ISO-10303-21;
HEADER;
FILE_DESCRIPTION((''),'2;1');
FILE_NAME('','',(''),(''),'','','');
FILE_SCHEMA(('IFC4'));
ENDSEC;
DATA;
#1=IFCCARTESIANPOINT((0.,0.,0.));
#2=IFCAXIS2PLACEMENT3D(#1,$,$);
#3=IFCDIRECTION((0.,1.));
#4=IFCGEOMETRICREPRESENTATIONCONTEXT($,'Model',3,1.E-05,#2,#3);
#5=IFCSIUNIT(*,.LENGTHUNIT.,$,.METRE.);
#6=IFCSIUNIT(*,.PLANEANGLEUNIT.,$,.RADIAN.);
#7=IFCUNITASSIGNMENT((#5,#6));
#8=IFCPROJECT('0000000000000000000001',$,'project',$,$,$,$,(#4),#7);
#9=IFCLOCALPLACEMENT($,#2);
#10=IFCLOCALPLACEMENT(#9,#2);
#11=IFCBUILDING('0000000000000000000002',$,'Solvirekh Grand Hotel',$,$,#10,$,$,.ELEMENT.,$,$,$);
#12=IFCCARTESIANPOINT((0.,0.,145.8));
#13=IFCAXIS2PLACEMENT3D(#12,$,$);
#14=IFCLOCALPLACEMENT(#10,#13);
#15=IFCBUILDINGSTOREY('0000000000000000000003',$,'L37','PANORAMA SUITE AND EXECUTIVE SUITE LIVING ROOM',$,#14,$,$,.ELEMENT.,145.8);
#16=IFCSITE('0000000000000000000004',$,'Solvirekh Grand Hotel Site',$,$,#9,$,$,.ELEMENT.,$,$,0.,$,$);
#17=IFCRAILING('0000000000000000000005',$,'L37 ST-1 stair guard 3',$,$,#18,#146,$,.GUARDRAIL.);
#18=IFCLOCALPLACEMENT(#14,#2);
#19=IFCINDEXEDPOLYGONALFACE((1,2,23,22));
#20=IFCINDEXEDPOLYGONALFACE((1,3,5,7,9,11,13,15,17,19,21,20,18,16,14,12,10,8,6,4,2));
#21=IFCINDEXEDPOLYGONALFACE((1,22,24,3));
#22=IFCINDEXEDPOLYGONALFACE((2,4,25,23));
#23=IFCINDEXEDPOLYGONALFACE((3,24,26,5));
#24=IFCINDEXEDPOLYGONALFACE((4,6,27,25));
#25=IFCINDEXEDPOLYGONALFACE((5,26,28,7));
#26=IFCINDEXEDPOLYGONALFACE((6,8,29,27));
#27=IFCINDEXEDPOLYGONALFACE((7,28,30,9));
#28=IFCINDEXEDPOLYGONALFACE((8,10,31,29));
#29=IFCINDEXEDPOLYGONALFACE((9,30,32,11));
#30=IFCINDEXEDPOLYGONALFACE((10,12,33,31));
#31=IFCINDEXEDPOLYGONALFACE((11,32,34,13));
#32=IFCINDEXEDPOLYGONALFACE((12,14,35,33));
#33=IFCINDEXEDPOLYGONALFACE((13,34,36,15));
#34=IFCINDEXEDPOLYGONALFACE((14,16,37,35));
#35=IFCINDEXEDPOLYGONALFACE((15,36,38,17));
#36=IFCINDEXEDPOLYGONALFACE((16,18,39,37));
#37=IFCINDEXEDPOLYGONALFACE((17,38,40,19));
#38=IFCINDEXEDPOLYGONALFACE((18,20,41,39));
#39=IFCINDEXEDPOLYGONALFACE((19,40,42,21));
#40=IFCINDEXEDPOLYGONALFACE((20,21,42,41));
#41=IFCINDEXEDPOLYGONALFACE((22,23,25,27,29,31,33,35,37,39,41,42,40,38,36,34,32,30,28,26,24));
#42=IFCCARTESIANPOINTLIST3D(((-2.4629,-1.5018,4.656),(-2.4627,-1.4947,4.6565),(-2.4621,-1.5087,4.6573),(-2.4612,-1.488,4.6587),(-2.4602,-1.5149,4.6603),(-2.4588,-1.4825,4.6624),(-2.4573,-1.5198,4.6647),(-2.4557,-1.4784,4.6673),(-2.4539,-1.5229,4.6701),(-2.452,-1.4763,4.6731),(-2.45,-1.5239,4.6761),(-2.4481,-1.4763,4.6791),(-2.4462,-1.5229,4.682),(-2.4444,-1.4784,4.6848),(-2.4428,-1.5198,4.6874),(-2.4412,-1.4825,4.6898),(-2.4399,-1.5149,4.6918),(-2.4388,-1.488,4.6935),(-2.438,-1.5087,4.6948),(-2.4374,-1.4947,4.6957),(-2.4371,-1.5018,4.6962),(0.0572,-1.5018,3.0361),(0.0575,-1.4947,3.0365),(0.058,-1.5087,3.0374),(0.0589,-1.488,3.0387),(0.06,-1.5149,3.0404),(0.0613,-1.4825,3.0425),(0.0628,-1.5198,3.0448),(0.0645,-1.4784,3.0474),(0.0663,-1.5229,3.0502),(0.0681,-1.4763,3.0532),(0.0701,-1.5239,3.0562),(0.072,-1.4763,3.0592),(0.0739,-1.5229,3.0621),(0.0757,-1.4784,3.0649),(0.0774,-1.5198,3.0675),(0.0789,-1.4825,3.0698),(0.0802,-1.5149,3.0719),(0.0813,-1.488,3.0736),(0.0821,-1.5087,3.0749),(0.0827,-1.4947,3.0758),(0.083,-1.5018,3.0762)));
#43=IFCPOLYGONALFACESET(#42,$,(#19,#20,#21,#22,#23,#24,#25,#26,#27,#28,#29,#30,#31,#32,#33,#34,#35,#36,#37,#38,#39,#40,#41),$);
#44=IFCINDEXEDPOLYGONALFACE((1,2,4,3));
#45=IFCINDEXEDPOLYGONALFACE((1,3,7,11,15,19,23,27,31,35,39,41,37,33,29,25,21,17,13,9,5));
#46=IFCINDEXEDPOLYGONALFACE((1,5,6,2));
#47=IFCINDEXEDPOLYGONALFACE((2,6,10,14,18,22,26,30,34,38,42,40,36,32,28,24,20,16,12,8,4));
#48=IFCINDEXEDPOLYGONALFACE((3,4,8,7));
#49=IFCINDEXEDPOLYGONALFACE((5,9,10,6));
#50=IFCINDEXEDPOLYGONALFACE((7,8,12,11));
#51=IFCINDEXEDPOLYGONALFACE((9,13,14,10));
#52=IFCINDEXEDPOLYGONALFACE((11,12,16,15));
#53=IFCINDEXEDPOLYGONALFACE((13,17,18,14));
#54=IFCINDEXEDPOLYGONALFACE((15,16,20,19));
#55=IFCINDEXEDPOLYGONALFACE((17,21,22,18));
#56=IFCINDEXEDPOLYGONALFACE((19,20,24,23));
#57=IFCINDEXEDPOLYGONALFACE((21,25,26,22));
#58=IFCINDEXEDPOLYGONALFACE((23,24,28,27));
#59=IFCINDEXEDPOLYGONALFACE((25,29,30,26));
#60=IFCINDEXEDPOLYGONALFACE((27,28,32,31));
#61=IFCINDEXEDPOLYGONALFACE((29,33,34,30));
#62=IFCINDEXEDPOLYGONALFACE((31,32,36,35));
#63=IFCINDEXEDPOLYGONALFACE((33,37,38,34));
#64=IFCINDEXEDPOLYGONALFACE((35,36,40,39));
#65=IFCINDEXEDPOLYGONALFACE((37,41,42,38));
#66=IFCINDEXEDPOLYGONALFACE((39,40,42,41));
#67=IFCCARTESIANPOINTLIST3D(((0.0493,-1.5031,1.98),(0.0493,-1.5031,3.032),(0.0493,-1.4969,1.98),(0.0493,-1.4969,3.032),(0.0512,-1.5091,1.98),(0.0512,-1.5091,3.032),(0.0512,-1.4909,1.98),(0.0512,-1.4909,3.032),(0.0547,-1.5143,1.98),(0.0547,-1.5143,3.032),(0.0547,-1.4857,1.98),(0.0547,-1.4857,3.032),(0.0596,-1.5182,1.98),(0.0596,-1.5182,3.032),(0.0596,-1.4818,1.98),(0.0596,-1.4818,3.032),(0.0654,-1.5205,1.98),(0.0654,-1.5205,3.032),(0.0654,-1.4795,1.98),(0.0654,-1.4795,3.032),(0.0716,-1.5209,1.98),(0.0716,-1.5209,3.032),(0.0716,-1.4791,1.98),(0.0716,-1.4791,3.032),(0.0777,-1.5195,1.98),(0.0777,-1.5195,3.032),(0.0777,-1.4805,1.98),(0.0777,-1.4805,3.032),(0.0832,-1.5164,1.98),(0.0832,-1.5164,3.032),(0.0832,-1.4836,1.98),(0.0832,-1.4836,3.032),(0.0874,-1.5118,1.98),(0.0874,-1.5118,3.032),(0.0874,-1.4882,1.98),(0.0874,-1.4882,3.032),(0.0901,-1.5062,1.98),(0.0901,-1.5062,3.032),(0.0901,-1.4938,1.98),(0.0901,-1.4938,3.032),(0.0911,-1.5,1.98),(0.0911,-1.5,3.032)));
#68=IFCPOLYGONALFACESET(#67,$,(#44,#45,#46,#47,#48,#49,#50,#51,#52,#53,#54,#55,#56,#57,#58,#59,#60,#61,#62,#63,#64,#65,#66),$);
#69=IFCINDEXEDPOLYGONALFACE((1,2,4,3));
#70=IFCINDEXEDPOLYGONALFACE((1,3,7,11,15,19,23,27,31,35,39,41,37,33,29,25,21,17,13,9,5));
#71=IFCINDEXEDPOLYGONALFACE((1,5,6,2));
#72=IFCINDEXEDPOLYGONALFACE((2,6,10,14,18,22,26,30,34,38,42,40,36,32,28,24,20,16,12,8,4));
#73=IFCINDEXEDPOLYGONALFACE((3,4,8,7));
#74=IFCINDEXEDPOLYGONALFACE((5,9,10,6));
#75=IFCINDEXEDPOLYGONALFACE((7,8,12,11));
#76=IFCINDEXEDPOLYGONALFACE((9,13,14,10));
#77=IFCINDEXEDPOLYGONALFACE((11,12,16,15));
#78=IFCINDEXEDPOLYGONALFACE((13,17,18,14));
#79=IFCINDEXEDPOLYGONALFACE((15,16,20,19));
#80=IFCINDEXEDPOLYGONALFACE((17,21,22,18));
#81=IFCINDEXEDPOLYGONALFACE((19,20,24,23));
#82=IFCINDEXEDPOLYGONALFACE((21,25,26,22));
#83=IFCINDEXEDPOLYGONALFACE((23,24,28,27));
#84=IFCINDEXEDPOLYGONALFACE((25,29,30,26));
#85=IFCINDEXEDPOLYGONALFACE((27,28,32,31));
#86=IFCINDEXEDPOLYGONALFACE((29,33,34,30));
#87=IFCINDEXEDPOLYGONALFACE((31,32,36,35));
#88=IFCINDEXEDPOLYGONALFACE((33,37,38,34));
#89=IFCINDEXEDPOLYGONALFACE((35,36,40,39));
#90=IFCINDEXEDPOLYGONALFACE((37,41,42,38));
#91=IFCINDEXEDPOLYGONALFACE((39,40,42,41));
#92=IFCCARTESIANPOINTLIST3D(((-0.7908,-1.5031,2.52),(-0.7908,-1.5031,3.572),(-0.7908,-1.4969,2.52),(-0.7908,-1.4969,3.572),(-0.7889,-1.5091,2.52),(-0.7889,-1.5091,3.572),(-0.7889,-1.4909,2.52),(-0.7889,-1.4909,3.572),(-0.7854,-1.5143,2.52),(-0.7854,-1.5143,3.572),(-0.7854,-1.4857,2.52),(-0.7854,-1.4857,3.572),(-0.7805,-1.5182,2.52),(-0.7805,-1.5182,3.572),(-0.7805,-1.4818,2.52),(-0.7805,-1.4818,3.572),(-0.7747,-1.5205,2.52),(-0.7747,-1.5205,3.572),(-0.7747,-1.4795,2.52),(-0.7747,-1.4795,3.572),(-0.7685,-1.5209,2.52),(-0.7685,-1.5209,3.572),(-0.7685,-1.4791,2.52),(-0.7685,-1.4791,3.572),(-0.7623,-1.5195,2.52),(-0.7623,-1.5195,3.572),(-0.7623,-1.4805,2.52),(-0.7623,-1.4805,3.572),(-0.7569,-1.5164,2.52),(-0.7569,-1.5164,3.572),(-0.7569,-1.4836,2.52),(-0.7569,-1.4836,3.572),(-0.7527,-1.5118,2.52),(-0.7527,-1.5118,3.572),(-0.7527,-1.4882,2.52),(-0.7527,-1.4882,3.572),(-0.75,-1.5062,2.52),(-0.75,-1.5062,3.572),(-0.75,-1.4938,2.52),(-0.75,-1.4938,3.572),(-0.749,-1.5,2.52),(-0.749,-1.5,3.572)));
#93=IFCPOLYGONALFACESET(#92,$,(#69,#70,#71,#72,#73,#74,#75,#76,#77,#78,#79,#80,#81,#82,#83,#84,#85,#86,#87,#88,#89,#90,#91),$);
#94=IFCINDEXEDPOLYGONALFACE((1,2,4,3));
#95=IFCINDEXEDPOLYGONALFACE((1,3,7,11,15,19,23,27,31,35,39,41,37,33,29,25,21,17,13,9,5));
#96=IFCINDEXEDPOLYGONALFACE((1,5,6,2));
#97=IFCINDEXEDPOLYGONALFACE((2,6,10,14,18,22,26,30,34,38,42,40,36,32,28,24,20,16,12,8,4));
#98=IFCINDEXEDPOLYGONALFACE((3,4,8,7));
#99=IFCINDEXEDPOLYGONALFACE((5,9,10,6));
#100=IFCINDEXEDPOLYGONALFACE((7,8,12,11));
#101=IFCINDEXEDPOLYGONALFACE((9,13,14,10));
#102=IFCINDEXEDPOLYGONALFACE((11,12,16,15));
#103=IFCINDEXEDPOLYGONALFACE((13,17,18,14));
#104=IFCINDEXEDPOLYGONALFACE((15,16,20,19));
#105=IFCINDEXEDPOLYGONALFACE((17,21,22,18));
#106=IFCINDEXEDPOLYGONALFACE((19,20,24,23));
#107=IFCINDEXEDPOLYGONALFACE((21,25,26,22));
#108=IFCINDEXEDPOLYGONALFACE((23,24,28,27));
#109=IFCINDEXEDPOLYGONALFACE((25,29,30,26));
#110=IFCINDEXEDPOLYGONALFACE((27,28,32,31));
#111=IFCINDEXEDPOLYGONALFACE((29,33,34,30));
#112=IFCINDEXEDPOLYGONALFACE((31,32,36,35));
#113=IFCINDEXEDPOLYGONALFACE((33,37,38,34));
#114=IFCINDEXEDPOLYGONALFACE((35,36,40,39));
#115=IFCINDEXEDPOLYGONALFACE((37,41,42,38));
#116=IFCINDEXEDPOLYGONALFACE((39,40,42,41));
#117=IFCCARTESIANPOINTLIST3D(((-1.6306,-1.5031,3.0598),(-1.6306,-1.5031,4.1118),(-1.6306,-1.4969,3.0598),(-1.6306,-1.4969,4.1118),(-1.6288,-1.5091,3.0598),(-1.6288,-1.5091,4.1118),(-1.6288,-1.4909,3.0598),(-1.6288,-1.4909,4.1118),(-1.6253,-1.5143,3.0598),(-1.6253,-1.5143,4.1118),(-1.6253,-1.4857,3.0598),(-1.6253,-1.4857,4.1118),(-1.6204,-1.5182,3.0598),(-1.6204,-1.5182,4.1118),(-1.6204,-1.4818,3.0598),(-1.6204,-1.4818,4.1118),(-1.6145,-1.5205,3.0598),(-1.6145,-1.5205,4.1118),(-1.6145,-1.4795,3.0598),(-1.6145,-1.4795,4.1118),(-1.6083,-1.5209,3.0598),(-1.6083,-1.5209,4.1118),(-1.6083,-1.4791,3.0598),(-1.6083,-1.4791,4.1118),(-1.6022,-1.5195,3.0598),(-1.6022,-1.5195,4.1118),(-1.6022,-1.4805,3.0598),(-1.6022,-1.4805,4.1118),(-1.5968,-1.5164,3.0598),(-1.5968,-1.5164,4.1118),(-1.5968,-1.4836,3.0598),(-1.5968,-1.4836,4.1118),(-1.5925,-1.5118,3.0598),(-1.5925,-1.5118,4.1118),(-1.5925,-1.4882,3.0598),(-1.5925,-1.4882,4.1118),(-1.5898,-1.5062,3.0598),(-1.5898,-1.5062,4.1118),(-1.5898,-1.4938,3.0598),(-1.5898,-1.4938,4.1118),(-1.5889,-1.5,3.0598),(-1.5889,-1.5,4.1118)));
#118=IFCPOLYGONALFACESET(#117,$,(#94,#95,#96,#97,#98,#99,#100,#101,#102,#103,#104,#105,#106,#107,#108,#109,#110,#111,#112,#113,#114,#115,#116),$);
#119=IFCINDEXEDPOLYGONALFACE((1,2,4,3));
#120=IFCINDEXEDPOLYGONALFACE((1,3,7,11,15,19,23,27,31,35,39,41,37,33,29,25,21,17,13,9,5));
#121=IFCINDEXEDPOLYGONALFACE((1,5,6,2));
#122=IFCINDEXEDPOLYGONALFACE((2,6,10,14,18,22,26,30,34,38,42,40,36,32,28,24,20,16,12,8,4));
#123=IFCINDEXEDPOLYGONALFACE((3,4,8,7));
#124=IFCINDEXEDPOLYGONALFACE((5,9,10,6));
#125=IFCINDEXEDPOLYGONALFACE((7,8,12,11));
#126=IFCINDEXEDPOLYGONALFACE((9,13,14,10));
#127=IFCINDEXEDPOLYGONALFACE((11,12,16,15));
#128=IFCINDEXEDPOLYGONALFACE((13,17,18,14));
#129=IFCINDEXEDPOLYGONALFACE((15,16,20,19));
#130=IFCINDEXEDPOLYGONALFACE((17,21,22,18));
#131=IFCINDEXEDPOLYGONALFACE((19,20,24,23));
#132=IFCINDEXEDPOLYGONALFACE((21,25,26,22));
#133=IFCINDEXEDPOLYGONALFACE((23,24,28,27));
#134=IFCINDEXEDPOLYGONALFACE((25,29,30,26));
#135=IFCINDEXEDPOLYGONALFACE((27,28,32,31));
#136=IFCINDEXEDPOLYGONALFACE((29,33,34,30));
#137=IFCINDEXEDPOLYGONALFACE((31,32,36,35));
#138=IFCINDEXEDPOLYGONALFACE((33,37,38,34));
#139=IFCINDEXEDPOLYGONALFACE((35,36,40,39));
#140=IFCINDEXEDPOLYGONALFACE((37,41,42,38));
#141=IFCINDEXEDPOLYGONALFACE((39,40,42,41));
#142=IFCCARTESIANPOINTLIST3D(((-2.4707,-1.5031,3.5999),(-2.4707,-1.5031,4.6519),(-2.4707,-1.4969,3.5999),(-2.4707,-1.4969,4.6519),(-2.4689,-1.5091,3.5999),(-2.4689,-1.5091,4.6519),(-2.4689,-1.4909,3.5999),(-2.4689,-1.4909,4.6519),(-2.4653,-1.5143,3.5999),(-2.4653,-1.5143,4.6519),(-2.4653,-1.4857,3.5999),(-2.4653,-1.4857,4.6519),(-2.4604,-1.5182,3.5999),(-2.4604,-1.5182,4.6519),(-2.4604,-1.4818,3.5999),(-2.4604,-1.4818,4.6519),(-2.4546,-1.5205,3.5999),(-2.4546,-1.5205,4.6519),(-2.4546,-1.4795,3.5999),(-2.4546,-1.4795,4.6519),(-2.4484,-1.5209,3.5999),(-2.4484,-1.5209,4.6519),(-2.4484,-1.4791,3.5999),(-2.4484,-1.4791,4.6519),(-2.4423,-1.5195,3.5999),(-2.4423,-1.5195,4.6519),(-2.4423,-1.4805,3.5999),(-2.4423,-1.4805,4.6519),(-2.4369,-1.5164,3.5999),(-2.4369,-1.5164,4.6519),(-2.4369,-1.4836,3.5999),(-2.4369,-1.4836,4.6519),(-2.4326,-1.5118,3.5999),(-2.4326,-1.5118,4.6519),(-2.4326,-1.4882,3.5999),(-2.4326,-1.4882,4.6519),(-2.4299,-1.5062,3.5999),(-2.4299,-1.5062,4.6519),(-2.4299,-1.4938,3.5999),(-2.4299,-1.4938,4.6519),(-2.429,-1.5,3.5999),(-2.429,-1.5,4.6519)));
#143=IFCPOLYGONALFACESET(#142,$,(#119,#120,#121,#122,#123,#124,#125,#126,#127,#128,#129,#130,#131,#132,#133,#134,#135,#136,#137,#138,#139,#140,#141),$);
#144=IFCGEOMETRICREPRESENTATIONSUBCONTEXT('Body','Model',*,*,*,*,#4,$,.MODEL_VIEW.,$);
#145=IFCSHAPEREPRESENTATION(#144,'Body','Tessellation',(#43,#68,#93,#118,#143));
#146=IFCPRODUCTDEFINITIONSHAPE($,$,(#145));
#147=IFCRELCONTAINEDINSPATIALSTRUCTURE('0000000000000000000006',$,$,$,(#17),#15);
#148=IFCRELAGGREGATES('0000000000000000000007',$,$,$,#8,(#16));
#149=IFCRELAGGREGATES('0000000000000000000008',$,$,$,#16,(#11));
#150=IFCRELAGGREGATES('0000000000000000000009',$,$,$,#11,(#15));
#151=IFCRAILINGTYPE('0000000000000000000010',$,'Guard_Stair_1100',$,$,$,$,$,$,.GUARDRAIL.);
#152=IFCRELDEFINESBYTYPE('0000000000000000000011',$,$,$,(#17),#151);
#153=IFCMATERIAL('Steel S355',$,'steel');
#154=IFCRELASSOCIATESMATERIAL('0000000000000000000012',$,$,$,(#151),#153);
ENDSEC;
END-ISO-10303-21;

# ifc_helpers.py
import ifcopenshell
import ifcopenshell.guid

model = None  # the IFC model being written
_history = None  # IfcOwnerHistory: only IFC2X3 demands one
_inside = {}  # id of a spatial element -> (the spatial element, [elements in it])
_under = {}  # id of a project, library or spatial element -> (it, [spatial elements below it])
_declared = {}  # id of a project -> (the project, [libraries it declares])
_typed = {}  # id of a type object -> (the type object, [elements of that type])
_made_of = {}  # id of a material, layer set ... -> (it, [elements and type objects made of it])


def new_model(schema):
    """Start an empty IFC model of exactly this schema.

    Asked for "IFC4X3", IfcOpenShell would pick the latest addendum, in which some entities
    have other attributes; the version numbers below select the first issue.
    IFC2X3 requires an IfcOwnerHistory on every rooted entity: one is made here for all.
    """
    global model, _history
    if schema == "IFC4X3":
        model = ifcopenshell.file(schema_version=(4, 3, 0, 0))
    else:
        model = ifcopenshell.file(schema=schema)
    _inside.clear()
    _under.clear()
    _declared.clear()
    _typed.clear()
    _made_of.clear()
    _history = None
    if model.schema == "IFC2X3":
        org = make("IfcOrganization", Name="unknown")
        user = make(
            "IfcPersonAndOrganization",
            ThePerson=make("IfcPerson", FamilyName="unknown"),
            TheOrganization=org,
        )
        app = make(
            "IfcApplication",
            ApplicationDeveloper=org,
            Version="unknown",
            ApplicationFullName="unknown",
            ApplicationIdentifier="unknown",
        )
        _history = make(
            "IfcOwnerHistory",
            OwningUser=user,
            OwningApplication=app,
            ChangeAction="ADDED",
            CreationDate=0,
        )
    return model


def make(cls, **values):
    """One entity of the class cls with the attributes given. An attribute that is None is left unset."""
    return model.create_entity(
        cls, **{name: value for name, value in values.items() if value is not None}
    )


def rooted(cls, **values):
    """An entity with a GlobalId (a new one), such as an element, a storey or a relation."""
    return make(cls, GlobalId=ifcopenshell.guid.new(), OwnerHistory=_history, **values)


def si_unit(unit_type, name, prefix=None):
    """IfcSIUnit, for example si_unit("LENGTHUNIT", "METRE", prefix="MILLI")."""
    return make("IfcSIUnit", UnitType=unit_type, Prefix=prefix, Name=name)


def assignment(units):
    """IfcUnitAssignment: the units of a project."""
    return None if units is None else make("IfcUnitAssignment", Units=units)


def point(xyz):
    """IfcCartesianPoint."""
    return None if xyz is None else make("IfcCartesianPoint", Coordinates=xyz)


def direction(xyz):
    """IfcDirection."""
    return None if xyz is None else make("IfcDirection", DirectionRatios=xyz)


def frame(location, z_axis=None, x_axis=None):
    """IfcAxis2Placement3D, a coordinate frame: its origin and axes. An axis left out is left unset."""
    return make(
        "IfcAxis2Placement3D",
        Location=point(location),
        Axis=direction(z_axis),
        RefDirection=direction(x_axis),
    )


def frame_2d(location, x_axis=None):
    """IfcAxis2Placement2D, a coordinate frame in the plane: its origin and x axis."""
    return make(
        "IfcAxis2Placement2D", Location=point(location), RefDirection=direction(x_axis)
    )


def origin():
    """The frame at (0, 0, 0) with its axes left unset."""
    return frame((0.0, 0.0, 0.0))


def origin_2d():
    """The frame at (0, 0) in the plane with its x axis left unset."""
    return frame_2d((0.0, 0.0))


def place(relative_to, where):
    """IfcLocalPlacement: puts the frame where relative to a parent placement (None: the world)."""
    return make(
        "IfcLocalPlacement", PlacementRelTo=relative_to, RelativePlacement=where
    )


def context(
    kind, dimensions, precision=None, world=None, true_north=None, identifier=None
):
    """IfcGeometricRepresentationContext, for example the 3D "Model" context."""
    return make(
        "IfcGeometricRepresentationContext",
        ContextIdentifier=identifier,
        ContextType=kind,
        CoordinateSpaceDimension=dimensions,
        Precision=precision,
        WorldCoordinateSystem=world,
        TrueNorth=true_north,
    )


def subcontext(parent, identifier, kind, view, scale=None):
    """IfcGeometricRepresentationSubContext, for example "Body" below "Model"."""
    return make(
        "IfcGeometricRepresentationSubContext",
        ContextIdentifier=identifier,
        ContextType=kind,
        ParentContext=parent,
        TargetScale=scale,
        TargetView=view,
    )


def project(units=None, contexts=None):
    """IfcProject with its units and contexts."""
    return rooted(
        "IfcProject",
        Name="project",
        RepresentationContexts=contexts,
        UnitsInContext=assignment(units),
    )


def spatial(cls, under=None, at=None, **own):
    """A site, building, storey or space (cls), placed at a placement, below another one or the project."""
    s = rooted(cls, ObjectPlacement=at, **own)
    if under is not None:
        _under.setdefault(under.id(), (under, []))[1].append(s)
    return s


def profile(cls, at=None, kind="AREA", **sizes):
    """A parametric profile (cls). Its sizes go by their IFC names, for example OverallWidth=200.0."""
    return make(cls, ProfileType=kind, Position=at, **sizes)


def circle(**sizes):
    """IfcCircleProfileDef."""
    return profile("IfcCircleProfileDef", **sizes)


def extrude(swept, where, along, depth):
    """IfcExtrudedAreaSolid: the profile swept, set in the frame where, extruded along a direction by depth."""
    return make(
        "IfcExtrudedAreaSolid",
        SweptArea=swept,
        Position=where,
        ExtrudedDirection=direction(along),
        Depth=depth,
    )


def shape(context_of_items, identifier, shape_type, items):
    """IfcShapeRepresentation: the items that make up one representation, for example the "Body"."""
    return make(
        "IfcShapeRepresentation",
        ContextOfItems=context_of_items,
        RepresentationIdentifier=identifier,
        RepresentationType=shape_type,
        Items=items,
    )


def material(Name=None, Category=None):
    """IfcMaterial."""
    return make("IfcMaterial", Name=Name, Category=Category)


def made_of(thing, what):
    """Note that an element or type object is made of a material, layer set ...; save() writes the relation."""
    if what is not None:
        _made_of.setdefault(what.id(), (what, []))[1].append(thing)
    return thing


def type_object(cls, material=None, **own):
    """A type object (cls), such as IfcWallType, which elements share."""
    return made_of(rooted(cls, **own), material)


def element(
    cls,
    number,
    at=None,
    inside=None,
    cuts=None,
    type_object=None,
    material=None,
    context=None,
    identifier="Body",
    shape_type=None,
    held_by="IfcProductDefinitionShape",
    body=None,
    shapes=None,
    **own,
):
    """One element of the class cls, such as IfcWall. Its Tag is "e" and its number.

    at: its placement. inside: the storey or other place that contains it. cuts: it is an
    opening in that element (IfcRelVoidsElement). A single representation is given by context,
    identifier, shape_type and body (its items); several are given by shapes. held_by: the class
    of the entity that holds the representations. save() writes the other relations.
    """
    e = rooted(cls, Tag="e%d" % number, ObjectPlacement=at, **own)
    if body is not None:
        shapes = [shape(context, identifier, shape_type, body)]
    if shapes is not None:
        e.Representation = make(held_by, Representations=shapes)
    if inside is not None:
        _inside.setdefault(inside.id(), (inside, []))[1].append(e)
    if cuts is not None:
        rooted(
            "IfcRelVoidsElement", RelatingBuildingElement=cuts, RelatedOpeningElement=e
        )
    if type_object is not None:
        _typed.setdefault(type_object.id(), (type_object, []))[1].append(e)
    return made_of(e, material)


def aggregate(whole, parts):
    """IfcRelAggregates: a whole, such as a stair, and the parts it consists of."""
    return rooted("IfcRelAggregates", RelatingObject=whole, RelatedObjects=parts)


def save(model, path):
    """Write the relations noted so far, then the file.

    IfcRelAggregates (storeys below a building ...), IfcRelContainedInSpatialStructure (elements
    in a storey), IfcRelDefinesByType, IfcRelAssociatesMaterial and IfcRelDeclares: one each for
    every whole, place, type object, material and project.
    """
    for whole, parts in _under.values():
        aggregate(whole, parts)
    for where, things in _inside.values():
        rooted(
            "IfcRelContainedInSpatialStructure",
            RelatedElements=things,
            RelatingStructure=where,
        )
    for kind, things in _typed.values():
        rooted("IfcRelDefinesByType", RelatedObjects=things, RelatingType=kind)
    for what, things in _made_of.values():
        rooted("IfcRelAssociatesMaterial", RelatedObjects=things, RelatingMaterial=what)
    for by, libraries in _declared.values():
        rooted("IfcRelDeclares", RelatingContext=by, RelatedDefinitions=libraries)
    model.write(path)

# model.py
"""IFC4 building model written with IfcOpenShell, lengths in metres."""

from ifc_helpers import new_model, si_unit, direction, frame, origin, origin_2d, place, context, subcontext, project, spatial, circle, extrude, material, type_object, element, save


model = new_model("IFC4")

# Units and contexts
model_context = context("Model", 3, precision=1e-05, world=origin(), true_north=direction((0.0, 1.0)))
body_context = subcontext(model_context, "Body", "Model", "MODEL_VIEW")
ifc_project = project(units=[si_unit("LENGTHUNIT", "METRE"), si_unit("PLANEANGLEUNIT", "RADIAN")], contexts=[model_context])

# Site, building, storey
site_placement = place(None, origin())
site = spatial("IfcSite", under=ifc_project, at=site_placement, Name="Solvirekh Grand Hotel Site", CompositionType="ELEMENT", RefElevation=0.0)
building_placement = place(site_placement, origin())
building = spatial("IfcBuilding", under=site, at=building_placement, Name="Solvirekh Grand Hotel", CompositionType="ELEMENT")
storey_placement = place(building_placement, frame((0.0, 0.0, 145.8)))
storey = spatial("IfcBuildingStorey", under=building, at=storey_placement, Name="L37", Description="PANORAMA SUITE AND EXECUTIVE SUITE LIVING ROOM", CompositionType="ELEMENT", Elevation=145.8)

# Shared definitions
ifc_material_1 = material(Name="Steel S355", Category="steel")

# Railing
railing_type = type_object("IfcRailingType", Name="Guard_Stair_1100", PredefinedType="GUARDRAIL", material=ifc_material_1)
railing_1_placement = place(storey_placement, frame((0.0701, -1.5, 1.98)))
element("IfcRailing", 1, at=railing_1_placement, inside=storey, type_object=railing_type, Name="L37 ST-1 stair guard 3", PredefinedType="GUARDRAIL", context=body_context, shape_type="SweptSolid", body=[
    extrude(circle(Radius=0.0239, at=origin_2d()), frame((0.0, 0.0, 1.0762), z_axis=(-0.8412, 0.0, 0.540725), x_axis=(0.0, -1.0, 0.0)), (0.0, 0.0, 1.0), 2.9958),
    extrude(circle(Radius=0.021, at=origin_2d()), origin(), (0.0, 0.0, 1.0), 1.052),
    extrude(circle(Radius=0.021, at=origin_2d()), frame((-0.8401, 0.0, 0.54)), (0.0, 0.0, 1.0), 1.052),
    extrude(circle(Radius=0.021, at=origin_2d()), frame((-1.6799, 0.0, 1.0798)), (0.0, 0.0, 1.0), 1.052),
    extrude(circle(Radius=0.021, at=origin_2d()), frame((-2.52, 0.0, 1.6199)), (0.0, 0.0, 1.0), 1.052),
])

save(model, "model.ifc")
